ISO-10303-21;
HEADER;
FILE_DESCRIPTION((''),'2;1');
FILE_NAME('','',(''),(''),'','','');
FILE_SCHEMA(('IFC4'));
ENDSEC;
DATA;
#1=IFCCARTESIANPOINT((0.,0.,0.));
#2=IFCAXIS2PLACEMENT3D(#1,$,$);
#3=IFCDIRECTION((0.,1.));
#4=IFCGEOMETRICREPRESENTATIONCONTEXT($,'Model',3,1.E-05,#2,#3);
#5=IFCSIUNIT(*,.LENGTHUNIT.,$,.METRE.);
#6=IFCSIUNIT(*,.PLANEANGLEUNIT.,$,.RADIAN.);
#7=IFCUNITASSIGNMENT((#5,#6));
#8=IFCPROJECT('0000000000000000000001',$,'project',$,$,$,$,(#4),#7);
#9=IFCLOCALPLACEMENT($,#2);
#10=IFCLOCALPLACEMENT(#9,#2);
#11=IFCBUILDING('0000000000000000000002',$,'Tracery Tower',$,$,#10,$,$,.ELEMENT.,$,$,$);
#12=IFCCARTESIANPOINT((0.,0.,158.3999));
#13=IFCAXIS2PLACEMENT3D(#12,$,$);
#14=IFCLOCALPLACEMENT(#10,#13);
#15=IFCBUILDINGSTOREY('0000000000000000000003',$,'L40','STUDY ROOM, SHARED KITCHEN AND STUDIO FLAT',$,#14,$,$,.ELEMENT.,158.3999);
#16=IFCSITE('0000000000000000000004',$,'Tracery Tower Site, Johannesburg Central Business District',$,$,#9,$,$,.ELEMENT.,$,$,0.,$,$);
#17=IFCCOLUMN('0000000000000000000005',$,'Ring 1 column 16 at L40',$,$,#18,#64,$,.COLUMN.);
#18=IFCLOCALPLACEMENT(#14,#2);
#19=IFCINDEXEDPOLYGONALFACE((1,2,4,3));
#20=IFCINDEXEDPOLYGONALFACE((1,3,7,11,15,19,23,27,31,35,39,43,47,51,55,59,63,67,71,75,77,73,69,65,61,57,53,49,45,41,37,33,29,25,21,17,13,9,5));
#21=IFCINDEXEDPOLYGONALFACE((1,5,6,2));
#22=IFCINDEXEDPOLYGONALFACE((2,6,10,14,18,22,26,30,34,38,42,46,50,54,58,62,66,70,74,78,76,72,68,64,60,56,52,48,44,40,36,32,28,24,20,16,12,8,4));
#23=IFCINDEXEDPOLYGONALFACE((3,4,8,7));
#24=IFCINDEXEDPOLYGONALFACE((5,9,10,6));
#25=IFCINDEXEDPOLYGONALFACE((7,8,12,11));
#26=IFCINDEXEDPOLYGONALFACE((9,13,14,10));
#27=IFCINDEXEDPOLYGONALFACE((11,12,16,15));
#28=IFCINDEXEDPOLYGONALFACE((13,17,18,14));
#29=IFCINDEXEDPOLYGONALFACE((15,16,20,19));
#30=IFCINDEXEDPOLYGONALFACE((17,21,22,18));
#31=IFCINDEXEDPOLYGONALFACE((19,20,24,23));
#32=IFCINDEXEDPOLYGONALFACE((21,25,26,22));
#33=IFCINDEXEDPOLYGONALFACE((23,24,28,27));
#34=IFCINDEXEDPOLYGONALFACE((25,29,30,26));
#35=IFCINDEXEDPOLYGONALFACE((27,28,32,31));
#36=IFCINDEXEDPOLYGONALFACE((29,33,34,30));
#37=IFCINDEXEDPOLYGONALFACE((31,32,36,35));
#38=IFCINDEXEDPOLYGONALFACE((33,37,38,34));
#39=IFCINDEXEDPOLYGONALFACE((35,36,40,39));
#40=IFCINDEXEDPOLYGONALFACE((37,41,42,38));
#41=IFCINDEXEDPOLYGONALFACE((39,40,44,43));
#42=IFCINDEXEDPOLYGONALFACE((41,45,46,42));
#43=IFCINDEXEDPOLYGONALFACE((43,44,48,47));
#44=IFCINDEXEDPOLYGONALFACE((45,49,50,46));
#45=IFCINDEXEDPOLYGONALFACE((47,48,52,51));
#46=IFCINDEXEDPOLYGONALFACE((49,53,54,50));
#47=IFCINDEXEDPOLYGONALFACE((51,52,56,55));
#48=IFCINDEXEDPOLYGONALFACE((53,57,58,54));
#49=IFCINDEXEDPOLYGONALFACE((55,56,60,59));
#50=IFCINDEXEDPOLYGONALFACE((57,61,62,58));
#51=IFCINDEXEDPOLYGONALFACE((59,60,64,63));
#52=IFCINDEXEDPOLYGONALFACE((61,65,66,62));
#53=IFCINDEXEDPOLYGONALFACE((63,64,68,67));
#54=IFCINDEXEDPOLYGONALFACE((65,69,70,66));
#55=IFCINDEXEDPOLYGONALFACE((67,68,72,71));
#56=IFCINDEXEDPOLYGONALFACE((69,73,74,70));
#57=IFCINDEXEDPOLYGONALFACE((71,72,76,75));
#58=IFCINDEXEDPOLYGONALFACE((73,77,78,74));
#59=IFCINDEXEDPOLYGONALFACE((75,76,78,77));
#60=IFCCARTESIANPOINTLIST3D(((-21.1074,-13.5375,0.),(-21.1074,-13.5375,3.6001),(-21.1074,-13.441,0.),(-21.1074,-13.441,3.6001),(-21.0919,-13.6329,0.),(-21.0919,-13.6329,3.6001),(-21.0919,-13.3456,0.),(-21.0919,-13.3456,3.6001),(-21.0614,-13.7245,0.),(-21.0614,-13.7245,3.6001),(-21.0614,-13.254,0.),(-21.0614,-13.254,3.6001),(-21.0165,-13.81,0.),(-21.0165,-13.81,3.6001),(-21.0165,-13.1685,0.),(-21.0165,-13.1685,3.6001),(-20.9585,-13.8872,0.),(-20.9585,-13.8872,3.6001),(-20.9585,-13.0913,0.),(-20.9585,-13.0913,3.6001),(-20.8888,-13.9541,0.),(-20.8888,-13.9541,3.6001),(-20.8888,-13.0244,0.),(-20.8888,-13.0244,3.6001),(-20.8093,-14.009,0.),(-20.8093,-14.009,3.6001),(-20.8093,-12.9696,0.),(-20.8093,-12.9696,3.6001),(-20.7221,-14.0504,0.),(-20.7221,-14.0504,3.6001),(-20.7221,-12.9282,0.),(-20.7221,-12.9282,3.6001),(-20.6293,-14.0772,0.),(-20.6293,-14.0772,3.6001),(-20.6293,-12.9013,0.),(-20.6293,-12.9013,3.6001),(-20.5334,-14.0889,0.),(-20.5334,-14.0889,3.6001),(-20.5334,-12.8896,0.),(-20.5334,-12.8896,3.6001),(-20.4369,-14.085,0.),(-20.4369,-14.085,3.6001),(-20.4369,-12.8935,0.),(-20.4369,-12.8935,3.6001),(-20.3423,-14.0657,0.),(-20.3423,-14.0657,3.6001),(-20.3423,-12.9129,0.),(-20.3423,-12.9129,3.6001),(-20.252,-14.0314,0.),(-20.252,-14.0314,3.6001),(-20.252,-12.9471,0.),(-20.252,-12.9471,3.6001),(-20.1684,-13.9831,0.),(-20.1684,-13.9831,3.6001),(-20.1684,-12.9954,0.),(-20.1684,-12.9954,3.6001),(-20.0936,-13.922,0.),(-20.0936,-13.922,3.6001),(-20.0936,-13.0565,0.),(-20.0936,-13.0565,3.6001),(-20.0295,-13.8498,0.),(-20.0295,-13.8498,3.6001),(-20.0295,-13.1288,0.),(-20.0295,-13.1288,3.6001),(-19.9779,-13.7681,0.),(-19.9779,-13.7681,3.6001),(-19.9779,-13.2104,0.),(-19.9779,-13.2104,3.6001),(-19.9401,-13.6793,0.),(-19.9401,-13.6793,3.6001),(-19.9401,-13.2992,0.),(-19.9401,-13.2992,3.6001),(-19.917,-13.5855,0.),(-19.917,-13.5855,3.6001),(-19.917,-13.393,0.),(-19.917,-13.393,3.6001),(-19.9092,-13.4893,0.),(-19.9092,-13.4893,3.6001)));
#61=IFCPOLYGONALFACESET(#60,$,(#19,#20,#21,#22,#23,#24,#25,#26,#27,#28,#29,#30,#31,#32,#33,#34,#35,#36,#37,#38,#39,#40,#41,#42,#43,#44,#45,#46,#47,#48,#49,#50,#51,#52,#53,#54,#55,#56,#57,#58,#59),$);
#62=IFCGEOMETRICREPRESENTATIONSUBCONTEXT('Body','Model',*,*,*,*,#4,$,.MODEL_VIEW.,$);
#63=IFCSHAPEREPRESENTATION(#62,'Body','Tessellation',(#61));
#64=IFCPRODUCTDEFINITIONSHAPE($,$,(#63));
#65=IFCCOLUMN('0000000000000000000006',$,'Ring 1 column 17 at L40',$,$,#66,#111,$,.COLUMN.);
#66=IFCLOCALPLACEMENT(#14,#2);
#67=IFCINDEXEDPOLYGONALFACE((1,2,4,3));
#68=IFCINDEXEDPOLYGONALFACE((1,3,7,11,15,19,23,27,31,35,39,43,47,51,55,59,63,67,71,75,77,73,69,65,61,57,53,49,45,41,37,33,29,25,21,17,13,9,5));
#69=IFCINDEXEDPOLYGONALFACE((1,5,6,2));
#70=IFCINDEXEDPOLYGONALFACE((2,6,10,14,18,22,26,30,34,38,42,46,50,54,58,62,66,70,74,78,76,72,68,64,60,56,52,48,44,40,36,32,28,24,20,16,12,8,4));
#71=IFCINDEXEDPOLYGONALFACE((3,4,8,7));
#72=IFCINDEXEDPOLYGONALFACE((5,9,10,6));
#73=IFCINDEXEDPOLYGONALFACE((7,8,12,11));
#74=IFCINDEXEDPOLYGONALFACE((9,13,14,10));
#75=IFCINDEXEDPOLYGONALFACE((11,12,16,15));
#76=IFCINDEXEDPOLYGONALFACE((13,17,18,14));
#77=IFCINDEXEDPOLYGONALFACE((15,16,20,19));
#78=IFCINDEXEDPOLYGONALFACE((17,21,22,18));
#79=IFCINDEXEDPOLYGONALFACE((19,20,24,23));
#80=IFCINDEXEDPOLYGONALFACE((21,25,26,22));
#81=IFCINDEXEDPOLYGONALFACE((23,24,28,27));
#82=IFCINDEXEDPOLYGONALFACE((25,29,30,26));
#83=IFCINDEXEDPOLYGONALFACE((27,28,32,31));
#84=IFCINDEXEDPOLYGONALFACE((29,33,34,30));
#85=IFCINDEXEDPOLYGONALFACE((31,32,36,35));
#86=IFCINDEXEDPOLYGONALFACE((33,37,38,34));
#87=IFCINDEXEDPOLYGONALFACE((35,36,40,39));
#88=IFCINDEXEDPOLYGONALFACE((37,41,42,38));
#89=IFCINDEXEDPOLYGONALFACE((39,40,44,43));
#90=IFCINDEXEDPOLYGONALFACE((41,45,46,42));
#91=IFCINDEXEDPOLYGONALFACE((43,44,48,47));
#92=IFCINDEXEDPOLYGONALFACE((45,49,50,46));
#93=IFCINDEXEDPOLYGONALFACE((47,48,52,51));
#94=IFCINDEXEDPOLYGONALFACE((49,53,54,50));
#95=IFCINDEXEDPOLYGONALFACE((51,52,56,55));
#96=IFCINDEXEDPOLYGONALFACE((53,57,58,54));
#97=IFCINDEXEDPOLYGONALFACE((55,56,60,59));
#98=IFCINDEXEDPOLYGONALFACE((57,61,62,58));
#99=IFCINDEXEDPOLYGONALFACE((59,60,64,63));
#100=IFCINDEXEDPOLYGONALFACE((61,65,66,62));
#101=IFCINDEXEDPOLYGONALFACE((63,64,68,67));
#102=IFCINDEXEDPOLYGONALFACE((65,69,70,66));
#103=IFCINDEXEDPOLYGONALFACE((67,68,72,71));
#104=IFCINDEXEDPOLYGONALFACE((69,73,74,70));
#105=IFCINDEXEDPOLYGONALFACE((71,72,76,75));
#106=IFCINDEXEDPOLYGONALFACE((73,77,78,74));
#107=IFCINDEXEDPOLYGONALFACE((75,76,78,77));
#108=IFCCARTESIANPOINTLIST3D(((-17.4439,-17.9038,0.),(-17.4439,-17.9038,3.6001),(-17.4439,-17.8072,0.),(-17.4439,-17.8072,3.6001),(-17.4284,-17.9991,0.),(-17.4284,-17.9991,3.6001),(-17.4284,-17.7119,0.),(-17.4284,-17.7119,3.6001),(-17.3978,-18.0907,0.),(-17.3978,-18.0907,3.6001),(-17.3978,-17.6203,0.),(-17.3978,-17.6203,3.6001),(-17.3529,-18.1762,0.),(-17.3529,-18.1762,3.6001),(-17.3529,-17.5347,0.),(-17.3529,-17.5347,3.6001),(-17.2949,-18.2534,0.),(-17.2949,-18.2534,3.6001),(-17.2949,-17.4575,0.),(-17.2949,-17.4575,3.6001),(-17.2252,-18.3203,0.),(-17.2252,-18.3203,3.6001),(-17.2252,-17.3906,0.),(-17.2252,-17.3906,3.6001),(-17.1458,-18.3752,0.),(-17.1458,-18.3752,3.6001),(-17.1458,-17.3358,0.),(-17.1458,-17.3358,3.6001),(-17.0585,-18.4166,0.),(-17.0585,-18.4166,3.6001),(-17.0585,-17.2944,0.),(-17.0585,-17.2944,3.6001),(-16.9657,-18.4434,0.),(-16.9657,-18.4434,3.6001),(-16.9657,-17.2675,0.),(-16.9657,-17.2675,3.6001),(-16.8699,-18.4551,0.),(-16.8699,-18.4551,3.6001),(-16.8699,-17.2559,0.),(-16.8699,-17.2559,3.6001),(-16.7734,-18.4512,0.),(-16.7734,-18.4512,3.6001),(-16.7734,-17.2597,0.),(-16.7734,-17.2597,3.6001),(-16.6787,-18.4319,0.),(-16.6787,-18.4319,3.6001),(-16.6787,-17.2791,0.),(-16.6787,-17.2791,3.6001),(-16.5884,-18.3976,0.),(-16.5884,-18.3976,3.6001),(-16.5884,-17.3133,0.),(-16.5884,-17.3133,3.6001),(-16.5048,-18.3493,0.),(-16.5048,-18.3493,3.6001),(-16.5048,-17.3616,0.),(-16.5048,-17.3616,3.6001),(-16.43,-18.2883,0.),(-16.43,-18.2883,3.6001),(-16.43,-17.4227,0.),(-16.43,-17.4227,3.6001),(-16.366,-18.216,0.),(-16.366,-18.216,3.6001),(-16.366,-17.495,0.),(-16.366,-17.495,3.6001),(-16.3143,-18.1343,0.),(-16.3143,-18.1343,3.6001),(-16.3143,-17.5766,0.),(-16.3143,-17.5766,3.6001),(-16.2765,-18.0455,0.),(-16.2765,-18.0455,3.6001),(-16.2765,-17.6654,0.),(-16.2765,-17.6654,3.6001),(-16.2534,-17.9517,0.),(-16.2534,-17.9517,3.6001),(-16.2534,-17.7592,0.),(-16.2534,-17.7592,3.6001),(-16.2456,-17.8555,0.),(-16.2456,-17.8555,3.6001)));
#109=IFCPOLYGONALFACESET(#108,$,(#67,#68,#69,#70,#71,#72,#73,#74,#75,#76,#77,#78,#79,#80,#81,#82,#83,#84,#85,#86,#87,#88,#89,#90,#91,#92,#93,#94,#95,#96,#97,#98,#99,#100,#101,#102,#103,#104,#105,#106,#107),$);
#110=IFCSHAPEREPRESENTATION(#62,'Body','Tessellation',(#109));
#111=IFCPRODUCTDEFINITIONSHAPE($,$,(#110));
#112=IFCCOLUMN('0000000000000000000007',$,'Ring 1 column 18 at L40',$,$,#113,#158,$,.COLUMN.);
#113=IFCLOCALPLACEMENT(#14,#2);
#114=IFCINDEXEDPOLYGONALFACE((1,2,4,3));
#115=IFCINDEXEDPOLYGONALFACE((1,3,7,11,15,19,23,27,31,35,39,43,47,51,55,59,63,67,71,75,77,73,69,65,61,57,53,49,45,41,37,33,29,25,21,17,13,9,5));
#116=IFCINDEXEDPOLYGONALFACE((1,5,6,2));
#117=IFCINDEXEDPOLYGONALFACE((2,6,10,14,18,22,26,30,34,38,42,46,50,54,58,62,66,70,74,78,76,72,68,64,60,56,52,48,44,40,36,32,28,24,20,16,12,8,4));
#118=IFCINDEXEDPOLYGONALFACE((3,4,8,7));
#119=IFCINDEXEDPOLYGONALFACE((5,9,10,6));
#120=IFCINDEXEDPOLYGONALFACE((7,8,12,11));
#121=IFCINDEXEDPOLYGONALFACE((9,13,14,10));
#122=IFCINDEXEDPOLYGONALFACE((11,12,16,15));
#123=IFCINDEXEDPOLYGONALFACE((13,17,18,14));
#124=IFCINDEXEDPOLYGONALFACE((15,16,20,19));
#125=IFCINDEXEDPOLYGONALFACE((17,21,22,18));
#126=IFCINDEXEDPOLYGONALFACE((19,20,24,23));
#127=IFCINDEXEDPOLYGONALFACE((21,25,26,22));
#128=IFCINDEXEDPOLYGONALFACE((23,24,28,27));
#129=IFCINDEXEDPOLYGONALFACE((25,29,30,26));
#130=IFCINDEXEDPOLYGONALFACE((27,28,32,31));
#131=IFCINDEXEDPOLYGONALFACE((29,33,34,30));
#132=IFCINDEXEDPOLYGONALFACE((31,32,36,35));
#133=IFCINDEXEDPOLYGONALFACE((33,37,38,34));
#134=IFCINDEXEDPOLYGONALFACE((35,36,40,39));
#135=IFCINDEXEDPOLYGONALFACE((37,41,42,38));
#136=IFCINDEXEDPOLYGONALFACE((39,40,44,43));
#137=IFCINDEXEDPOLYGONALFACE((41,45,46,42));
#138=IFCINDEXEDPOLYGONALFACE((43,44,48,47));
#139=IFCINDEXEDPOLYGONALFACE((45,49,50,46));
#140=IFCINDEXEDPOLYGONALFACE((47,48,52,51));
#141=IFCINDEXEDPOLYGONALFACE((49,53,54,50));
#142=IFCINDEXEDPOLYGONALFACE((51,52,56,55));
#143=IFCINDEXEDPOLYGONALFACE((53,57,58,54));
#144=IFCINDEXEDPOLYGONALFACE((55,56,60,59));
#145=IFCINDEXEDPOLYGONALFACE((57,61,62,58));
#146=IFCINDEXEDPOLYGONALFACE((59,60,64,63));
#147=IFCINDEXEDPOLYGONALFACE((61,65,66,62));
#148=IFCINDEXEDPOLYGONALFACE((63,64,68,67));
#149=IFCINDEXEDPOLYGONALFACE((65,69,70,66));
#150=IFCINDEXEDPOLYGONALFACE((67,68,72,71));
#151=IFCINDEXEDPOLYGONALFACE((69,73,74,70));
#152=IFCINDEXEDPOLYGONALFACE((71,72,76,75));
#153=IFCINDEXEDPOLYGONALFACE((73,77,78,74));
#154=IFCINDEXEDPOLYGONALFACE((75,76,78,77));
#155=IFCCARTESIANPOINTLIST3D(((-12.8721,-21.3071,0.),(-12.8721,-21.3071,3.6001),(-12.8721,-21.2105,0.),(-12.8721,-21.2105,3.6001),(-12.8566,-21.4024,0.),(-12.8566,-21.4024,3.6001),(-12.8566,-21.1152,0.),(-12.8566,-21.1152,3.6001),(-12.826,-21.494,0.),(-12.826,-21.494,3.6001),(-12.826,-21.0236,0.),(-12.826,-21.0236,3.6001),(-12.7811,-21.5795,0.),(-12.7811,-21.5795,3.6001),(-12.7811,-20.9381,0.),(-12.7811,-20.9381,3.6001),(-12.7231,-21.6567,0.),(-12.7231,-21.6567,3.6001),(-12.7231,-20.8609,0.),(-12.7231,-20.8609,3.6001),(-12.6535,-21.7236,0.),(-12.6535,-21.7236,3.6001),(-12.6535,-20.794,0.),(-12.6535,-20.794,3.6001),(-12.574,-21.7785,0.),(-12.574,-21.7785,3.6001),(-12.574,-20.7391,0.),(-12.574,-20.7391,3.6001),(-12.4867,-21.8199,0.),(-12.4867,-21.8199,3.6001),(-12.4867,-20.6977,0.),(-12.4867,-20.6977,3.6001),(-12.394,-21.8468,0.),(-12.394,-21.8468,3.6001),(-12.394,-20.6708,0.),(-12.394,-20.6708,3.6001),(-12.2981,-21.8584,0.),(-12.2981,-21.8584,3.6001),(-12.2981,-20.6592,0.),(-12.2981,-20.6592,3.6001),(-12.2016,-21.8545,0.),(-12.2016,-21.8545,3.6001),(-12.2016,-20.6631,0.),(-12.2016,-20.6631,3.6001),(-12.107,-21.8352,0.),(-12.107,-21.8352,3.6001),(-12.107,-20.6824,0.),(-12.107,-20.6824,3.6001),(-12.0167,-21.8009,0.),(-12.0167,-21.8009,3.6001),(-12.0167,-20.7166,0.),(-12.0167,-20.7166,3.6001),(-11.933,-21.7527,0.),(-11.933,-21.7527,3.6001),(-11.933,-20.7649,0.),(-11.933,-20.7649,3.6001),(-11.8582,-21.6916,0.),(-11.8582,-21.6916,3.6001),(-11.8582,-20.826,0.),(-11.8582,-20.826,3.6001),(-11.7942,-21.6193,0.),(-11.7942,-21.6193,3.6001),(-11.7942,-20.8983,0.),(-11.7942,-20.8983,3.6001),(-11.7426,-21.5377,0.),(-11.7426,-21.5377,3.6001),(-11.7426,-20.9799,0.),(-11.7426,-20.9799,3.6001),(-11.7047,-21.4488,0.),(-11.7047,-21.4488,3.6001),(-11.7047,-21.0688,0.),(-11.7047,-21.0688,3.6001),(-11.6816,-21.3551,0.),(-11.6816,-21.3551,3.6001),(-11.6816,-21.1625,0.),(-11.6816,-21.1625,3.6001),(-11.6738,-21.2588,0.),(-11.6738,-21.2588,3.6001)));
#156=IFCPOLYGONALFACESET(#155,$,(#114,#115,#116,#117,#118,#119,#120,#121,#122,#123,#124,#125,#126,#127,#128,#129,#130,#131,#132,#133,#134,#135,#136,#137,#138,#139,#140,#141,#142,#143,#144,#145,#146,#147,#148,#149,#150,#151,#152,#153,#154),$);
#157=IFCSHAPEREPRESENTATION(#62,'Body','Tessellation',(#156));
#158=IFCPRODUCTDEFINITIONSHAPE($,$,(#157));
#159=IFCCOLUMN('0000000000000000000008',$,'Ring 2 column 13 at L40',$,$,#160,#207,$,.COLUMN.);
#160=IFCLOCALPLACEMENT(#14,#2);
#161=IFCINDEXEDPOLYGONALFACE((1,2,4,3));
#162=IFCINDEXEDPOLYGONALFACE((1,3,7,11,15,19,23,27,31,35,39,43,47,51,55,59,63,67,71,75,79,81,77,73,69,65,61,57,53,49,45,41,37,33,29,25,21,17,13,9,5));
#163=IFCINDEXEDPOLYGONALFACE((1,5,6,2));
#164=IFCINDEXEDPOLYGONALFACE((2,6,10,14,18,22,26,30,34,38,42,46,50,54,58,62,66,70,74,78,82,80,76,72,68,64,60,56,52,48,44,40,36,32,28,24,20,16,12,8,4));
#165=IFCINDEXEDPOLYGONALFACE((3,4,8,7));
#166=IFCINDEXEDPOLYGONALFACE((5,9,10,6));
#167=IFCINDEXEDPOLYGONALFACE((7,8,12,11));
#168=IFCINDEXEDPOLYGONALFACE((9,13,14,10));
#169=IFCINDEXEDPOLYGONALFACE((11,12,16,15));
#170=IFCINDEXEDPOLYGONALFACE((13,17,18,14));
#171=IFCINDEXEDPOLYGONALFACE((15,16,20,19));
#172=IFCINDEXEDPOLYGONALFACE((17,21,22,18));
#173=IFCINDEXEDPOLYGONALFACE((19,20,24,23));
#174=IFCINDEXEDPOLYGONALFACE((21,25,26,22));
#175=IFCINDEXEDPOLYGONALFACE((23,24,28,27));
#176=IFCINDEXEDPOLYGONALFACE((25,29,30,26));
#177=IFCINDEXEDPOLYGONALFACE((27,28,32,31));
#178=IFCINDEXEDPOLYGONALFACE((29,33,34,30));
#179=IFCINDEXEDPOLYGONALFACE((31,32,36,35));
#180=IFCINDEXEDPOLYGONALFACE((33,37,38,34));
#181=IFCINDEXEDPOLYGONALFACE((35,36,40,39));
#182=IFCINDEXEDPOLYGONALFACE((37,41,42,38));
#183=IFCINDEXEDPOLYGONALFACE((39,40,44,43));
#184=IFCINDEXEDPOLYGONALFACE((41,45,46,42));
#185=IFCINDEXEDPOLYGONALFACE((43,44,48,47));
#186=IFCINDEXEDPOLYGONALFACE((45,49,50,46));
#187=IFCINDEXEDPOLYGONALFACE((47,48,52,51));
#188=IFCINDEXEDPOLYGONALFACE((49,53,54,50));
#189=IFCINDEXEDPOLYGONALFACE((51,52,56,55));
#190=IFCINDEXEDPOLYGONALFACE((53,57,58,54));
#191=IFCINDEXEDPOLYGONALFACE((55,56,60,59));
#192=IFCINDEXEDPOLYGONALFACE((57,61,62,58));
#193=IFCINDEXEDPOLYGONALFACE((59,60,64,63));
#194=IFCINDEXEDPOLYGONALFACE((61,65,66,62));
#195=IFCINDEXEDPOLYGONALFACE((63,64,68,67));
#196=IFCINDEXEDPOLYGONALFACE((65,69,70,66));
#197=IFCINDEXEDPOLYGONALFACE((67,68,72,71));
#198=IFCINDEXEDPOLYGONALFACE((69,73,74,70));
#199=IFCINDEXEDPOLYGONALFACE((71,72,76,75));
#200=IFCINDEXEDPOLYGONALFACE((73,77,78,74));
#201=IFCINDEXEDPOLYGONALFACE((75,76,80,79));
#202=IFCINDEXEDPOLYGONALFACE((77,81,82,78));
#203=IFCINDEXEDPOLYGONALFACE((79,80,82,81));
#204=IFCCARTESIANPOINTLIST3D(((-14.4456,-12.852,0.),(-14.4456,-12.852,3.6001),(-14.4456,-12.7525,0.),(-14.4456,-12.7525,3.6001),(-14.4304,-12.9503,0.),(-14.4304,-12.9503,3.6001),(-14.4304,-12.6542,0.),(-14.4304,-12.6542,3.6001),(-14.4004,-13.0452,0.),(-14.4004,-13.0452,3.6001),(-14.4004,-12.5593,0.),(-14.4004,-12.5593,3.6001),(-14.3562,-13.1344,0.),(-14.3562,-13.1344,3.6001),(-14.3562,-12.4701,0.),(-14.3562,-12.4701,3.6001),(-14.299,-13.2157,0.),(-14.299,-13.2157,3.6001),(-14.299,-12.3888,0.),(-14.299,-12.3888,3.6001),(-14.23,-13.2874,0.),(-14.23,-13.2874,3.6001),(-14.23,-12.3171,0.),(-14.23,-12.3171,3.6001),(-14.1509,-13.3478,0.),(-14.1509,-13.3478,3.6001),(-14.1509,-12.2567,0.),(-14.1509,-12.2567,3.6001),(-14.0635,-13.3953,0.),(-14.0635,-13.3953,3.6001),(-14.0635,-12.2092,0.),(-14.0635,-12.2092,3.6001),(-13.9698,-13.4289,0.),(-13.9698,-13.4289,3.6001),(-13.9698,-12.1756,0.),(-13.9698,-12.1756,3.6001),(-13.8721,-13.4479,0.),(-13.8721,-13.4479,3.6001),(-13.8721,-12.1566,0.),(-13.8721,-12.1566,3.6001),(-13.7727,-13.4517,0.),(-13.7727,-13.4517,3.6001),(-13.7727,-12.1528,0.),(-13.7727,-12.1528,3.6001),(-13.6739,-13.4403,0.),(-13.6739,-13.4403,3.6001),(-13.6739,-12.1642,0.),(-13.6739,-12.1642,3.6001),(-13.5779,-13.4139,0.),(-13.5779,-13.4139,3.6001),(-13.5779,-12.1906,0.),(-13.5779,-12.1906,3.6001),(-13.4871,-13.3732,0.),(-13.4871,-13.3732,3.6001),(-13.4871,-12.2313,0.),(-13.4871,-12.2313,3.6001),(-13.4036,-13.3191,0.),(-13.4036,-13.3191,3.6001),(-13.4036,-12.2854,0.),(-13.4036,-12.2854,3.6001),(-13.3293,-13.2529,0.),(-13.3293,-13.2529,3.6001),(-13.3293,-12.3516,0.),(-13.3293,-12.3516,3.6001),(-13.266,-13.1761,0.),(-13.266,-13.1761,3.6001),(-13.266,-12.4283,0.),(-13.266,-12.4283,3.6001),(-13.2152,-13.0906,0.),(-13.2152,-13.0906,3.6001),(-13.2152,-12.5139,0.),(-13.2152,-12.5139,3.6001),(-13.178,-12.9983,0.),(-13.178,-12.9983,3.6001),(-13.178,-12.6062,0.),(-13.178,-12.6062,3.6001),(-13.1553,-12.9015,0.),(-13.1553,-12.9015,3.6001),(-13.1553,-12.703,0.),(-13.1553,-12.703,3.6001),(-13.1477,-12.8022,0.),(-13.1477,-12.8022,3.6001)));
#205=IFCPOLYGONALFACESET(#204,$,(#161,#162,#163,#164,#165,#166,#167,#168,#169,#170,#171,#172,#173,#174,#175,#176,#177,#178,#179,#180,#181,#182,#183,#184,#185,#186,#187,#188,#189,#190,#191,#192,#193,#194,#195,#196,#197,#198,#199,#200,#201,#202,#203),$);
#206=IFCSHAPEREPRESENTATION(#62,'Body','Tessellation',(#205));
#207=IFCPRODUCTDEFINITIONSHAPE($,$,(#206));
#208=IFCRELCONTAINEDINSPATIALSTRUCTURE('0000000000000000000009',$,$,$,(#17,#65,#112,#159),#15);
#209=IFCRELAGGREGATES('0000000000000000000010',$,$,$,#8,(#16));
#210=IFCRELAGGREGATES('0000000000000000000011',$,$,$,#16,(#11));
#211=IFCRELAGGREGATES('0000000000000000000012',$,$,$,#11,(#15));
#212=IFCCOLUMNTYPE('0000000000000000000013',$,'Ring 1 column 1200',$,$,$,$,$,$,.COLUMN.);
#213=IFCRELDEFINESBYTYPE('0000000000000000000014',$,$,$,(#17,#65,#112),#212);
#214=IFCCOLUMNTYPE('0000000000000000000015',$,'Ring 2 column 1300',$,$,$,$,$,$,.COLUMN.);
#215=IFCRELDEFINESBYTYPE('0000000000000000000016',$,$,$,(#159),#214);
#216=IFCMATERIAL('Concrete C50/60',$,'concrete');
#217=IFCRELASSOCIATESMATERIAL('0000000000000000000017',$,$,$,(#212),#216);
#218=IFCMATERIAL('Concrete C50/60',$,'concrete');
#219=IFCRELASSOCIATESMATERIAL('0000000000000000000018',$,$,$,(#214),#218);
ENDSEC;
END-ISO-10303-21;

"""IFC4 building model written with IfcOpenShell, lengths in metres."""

from ifc_helpers import new_model, si_unit, direction, frame, origin, origin_2d, place, context, subcontext, project, spatial, circle, extrude, material, material_profile, profile_set, type_object, element, save


model = new_model("IFC4")

# Units and contexts
model_context = context("Model", 3, precision=1e-05, world=origin(), true_north=direction((0.0, 1.0)))
body_context = subcontext(model_context, "Body", "Model", "MODEL_VIEW")
ifc_project = project(units=[si_unit("LENGTHUNIT", "METRE"), si_unit("PLANEANGLEUNIT", "RADIAN")], contexts=[model_context])

# Site, building, storey
site_placement = place(None, origin())
site = spatial("IfcSite", under=ifc_project, at=site_placement, Name="Tracery Tower Site, Johannesburg Central Business District", CompositionType="ELEMENT", RefElevation=0.0)
building_placement = place(site_placement, origin())
building = spatial("IfcBuilding", under=site, at=building_placement, Name="Tracery Tower", CompositionType="ELEMENT")
storey_placement = place(building_placement, frame((0.0, 0.0, 158.3999)))
storey = spatial("IfcBuildingStorey", under=building, at=storey_placement, Name="L40", Description="STUDY ROOM, SHARED KITCHEN AND STUDIO FLAT", CompositionType="ELEMENT", Elevation=158.3999)

# Columns
ifc_material_1 = material(Name="Concrete C50/60", Category="concrete")
ifc_material_profile_1 = material_profile(ifc_material_1, circle(Radius=0.6001, at=origin_2d()), Name="RC D1200")
ifc_profile_set_1 = profile_set([ifc_material_profile_1], Name="Concrete C50/60")
column_type_1 = type_object("IfcColumnType", Name="Ring 1 column 1200", PredefinedType="COLUMN", material=ifc_profile_set_1)
for number, where, z_axis, x_axis, name in (
    (1, (-20.5093, -13.4893, 0.0), (0.0, 0.0, 1.0), (1.0, 0.0, 0.0), "Ring 1 column 16 at L40"),
    (2, (-16.8457, -17.8555, 0.0), (0.0, 0.0, 1.0), (1.0, 0.0, 0.0), "Ring 1 column 17 at L40"),
    (3, (-12.2739, -21.2588, 0.0), (0.0, 0.0, 1.0), (1.0, 0.0, 0.0), "Ring 1 column 18 at L40"),
):
    element("IfcColumn", number, at=place(storey_placement, frame(where, z_axis=z_axis, x_axis=x_axis)), inside=storey, type_object=column_type_1, Name=name, PredefinedType="COLUMN", context=body_context, shape_type="SweptSolid", body=[
        extrude(circle(Radius=0.6001, at=origin_2d()), origin(), (0.0, 0.0, 1.0), 3.6001),
    ])
ifc_material_2 = material(Name="Concrete C50/60", Category="concrete")
ifc_material_profile_2 = material_profile(ifc_material_2, circle(Radius=0.6499, at=origin_2d()), Name="RC D1300")
ifc_profile_set_2 = profile_set([ifc_material_profile_2], Name="Concrete C50/60")
column_type_2 = type_object("IfcColumnType", Name="Ring 2 column 1300", PredefinedType="COLUMN", material=ifc_profile_set_2)
column_placement = place(storey_placement, frame((-13.7976, -12.8022, 0.0), z_axis=(0.0, 0.0, 1.0), x_axis=(1.0, 0.0, 0.0)))
element("IfcColumn", 4, at=column_placement, inside=storey, type_object=column_type_2, Name="Ring 2 column 13 at L40", PredefinedType="COLUMN", context=body_context, shape_type="SweptSolid", body=[
    extrude(circle(Radius=0.6499, at=origin_2d()), origin(), (0.0, 0.0, 1.0), 3.6001),
])

save(model, "model.ifc")
